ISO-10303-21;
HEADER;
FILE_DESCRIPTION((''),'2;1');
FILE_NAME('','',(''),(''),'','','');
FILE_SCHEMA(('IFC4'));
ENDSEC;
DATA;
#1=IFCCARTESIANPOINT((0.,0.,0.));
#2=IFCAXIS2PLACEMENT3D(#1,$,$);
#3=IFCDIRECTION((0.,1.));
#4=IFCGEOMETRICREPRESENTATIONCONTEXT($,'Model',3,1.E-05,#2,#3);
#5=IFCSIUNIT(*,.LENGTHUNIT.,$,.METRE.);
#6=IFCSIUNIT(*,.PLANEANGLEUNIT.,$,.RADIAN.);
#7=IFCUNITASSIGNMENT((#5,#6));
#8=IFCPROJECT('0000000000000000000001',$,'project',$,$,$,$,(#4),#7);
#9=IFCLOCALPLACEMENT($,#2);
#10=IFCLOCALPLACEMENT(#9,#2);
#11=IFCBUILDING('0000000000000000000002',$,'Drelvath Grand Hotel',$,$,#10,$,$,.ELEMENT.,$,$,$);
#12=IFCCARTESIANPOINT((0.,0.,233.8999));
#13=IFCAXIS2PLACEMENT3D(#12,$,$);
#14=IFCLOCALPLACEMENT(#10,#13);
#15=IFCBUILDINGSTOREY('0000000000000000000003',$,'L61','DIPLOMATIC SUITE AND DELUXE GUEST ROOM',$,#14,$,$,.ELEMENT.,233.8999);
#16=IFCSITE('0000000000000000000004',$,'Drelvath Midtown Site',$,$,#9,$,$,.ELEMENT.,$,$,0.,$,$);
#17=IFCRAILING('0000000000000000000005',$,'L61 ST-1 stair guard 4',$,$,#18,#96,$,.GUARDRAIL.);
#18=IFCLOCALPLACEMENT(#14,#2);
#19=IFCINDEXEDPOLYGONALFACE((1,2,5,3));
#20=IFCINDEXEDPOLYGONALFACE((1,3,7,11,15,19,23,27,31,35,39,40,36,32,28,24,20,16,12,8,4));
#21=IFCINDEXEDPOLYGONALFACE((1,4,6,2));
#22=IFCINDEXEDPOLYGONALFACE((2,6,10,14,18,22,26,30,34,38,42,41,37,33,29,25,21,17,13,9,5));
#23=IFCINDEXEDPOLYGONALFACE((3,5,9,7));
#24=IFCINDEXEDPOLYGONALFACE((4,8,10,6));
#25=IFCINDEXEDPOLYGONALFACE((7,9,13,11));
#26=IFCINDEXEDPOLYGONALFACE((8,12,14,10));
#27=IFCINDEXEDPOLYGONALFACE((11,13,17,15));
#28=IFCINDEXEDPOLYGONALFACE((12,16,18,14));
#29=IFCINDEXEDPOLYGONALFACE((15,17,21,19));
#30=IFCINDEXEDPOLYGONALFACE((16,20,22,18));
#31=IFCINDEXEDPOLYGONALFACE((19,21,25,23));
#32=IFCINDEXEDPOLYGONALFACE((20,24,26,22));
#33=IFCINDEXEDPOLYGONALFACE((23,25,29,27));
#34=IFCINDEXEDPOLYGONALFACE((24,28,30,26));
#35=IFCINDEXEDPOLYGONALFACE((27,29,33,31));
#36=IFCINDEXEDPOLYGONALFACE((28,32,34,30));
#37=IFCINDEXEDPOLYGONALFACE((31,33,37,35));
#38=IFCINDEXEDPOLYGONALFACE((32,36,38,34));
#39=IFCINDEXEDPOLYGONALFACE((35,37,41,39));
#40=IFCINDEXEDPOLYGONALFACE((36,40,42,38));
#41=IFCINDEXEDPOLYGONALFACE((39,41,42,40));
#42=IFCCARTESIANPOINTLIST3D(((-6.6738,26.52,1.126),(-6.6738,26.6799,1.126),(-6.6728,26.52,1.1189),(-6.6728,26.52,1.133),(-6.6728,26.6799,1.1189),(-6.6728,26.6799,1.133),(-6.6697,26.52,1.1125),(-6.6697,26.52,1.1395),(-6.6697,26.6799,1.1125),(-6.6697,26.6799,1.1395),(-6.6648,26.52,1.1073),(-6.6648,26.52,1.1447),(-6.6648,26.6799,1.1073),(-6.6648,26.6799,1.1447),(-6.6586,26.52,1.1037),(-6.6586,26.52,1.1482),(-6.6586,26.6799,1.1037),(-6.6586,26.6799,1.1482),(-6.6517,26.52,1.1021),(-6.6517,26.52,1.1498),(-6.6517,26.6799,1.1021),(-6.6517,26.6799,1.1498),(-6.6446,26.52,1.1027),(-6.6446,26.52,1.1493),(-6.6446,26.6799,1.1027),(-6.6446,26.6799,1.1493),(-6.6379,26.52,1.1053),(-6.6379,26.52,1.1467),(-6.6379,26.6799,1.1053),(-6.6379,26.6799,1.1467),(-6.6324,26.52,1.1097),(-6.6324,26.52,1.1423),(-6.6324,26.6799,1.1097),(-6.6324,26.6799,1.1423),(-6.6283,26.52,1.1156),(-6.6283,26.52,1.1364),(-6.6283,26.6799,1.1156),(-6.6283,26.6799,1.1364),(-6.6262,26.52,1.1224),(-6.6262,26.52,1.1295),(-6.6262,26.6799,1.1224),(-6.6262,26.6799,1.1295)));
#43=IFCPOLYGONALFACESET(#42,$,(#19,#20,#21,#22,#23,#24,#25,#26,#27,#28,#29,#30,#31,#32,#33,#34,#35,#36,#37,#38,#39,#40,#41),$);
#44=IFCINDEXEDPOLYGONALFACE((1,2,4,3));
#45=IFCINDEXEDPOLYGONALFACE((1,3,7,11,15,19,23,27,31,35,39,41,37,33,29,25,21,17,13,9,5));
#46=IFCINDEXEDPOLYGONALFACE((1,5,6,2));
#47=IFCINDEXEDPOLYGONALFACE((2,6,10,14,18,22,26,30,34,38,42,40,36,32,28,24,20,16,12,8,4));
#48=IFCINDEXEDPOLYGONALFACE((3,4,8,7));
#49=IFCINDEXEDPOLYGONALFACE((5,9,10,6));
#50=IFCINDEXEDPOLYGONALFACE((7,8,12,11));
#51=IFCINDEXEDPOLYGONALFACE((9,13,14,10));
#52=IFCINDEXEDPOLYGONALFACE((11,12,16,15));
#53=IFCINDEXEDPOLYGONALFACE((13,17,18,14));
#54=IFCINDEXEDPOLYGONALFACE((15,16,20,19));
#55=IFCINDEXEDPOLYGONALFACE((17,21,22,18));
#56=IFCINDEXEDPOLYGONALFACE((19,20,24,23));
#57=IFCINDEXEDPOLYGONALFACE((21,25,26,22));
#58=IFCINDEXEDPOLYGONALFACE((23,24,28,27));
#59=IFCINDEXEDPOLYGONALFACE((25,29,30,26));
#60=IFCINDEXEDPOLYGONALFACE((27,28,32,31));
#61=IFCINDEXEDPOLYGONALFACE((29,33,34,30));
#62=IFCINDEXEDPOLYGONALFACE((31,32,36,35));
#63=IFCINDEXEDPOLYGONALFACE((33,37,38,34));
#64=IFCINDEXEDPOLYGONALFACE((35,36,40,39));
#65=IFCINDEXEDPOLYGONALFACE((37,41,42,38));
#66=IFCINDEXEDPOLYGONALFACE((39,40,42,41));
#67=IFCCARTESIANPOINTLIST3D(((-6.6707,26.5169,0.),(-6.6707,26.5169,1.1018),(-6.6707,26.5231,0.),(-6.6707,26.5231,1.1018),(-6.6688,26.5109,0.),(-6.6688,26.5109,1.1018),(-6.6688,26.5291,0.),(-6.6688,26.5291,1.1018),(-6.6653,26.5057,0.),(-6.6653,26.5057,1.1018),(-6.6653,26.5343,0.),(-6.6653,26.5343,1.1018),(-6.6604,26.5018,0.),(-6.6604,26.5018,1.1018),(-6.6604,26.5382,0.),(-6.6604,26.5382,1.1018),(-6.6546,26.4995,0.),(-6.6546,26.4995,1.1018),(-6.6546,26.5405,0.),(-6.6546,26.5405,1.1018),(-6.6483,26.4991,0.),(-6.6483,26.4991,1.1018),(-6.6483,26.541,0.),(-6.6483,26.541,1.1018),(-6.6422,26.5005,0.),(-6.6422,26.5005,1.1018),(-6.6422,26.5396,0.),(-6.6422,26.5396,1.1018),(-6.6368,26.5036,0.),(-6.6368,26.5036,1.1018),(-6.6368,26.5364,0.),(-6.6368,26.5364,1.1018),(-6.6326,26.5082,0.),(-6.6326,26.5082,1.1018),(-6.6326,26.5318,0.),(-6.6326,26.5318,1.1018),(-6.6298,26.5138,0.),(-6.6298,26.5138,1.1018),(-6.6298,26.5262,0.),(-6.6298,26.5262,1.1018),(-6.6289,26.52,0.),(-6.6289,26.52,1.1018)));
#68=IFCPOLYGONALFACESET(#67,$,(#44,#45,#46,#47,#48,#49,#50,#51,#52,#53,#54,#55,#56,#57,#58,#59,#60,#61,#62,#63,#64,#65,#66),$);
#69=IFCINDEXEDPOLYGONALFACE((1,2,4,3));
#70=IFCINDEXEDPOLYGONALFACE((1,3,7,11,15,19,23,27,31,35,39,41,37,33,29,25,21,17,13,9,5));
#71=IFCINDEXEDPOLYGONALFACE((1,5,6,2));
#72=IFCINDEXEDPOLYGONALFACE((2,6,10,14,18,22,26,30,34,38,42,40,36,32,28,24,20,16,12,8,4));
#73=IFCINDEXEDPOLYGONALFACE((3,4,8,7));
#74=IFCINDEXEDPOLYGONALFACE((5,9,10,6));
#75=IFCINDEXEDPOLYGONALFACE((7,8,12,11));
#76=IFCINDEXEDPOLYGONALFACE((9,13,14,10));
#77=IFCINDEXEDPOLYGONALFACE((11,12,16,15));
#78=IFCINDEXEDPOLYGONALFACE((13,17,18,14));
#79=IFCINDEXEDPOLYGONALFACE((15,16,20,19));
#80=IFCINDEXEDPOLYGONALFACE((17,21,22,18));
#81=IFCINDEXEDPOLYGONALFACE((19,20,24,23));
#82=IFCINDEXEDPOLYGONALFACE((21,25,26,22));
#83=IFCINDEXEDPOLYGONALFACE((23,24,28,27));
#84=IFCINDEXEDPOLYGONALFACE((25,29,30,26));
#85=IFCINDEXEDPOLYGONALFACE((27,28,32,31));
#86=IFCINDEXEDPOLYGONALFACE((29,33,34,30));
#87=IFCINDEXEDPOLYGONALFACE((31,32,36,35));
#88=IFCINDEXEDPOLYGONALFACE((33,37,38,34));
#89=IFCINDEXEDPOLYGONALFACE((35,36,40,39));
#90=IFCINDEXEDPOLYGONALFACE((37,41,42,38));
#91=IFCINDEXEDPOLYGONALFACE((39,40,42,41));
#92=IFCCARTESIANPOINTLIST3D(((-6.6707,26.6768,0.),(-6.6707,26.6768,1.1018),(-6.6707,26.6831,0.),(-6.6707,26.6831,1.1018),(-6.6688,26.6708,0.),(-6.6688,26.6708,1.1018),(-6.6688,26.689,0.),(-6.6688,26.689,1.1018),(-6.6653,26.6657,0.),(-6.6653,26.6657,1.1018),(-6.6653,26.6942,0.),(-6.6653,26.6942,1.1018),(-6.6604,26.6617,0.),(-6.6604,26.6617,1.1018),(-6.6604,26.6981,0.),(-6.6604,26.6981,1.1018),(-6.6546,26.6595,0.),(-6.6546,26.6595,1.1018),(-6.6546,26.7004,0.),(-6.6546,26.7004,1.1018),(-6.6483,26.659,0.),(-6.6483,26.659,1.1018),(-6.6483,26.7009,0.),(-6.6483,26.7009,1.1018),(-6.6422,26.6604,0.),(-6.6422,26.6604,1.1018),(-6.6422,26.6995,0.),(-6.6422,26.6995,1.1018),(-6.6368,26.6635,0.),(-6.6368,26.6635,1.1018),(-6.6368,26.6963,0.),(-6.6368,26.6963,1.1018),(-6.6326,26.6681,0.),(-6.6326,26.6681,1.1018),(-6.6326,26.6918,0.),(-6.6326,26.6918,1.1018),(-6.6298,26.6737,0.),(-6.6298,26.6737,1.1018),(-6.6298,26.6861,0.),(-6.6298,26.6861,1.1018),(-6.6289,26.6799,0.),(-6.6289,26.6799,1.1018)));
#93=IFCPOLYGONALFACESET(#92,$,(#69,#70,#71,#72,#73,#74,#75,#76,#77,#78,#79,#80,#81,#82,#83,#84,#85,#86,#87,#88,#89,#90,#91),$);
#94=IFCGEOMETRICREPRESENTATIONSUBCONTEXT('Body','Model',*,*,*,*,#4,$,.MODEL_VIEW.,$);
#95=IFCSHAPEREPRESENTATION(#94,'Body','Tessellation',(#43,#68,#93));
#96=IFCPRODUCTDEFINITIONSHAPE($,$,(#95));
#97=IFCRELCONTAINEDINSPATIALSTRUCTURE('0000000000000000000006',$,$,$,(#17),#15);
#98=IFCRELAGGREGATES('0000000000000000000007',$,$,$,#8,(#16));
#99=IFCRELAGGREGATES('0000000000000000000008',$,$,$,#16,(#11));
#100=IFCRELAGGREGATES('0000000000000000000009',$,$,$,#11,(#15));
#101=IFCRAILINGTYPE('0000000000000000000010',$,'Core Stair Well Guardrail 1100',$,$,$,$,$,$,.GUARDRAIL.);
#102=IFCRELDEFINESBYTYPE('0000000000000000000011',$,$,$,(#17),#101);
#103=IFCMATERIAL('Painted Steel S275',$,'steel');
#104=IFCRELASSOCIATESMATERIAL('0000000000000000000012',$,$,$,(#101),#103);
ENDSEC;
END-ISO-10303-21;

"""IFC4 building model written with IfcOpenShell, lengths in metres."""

from ifc_helpers import new_model, si_unit, direction, frame, origin, origin_2d, place, context, subcontext, project, spatial, circle, extrude, material, type_object, element, save


model = new_model("IFC4")

# Units and contexts
model_context = context("Model", 3, precision=1e-05, world=origin(), true_north=direction((0.0, 1.0)))
body_context = subcontext(model_context, "Body", "Model", "MODEL_VIEW")
ifc_project = project(units=[si_unit("LENGTHUNIT", "METRE"), si_unit("PLANEANGLEUNIT", "RADIAN")], contexts=[model_context])

# Site, building, storey
site_placement = place(None, origin())
site = spatial("IfcSite", under=ifc_project, at=site_placement, Name="Drelvath Midtown Site", CompositionType="ELEMENT", RefElevation=0.0)
building_placement = place(site_placement, origin())
building = spatial("IfcBuilding", under=site, at=building_placement, Name="Drelvath Grand Hotel", CompositionType="ELEMENT")
storey_placement = place(building_placement, frame((0.0, 0.0, 233.8999)))
storey = spatial("IfcBuildingStorey", under=building, at=storey_placement, Name="L61", Description="DIPLOMATIC SUITE AND DELUXE GUEST ROOM", CompositionType="ELEMENT", Elevation=233.8999)

# Shared definitions
ifc_material_1 = material(Name="Painted Steel S275", Category="steel")

# Railing
railing_type_1 = type_object("IfcRailingType", Name="Core Stair Well Guardrail 1100", PredefinedType="GUARDRAIL", material=ifc_material_1)
railing_1_placement = place(storey_placement, frame((-6.6499, 26.52, 0.0)))
element("IfcRailing", 1, at=railing_1_placement, inside=storey, type_object=railing_type_1, Name="L61 ST-1 stair guard 4", PredefinedType="GUARDRAIL", context=body_context, shape_type="SweptSolid", body=[
    extrude(circle(Radius=0.0239, at=origin_2d()), frame((0.0, 0.0, 1.126), z_axis=(0.0, 1.0, 0.0), x_axis=(-1.0, 0.0, 0.0)), (0.0, 0.0, 1.0), 0.1599),
    extrude(circle(Radius=0.021, at=origin_2d()), origin(), (0.0, 0.0, 1.0), 1.1018),
    extrude(circle(Radius=0.021, at=origin_2d()), frame((0.0, 0.1599, 0.0)), (0.0, 0.0, 1.0), 1.1018),
])

save(model, "model.ifc")
